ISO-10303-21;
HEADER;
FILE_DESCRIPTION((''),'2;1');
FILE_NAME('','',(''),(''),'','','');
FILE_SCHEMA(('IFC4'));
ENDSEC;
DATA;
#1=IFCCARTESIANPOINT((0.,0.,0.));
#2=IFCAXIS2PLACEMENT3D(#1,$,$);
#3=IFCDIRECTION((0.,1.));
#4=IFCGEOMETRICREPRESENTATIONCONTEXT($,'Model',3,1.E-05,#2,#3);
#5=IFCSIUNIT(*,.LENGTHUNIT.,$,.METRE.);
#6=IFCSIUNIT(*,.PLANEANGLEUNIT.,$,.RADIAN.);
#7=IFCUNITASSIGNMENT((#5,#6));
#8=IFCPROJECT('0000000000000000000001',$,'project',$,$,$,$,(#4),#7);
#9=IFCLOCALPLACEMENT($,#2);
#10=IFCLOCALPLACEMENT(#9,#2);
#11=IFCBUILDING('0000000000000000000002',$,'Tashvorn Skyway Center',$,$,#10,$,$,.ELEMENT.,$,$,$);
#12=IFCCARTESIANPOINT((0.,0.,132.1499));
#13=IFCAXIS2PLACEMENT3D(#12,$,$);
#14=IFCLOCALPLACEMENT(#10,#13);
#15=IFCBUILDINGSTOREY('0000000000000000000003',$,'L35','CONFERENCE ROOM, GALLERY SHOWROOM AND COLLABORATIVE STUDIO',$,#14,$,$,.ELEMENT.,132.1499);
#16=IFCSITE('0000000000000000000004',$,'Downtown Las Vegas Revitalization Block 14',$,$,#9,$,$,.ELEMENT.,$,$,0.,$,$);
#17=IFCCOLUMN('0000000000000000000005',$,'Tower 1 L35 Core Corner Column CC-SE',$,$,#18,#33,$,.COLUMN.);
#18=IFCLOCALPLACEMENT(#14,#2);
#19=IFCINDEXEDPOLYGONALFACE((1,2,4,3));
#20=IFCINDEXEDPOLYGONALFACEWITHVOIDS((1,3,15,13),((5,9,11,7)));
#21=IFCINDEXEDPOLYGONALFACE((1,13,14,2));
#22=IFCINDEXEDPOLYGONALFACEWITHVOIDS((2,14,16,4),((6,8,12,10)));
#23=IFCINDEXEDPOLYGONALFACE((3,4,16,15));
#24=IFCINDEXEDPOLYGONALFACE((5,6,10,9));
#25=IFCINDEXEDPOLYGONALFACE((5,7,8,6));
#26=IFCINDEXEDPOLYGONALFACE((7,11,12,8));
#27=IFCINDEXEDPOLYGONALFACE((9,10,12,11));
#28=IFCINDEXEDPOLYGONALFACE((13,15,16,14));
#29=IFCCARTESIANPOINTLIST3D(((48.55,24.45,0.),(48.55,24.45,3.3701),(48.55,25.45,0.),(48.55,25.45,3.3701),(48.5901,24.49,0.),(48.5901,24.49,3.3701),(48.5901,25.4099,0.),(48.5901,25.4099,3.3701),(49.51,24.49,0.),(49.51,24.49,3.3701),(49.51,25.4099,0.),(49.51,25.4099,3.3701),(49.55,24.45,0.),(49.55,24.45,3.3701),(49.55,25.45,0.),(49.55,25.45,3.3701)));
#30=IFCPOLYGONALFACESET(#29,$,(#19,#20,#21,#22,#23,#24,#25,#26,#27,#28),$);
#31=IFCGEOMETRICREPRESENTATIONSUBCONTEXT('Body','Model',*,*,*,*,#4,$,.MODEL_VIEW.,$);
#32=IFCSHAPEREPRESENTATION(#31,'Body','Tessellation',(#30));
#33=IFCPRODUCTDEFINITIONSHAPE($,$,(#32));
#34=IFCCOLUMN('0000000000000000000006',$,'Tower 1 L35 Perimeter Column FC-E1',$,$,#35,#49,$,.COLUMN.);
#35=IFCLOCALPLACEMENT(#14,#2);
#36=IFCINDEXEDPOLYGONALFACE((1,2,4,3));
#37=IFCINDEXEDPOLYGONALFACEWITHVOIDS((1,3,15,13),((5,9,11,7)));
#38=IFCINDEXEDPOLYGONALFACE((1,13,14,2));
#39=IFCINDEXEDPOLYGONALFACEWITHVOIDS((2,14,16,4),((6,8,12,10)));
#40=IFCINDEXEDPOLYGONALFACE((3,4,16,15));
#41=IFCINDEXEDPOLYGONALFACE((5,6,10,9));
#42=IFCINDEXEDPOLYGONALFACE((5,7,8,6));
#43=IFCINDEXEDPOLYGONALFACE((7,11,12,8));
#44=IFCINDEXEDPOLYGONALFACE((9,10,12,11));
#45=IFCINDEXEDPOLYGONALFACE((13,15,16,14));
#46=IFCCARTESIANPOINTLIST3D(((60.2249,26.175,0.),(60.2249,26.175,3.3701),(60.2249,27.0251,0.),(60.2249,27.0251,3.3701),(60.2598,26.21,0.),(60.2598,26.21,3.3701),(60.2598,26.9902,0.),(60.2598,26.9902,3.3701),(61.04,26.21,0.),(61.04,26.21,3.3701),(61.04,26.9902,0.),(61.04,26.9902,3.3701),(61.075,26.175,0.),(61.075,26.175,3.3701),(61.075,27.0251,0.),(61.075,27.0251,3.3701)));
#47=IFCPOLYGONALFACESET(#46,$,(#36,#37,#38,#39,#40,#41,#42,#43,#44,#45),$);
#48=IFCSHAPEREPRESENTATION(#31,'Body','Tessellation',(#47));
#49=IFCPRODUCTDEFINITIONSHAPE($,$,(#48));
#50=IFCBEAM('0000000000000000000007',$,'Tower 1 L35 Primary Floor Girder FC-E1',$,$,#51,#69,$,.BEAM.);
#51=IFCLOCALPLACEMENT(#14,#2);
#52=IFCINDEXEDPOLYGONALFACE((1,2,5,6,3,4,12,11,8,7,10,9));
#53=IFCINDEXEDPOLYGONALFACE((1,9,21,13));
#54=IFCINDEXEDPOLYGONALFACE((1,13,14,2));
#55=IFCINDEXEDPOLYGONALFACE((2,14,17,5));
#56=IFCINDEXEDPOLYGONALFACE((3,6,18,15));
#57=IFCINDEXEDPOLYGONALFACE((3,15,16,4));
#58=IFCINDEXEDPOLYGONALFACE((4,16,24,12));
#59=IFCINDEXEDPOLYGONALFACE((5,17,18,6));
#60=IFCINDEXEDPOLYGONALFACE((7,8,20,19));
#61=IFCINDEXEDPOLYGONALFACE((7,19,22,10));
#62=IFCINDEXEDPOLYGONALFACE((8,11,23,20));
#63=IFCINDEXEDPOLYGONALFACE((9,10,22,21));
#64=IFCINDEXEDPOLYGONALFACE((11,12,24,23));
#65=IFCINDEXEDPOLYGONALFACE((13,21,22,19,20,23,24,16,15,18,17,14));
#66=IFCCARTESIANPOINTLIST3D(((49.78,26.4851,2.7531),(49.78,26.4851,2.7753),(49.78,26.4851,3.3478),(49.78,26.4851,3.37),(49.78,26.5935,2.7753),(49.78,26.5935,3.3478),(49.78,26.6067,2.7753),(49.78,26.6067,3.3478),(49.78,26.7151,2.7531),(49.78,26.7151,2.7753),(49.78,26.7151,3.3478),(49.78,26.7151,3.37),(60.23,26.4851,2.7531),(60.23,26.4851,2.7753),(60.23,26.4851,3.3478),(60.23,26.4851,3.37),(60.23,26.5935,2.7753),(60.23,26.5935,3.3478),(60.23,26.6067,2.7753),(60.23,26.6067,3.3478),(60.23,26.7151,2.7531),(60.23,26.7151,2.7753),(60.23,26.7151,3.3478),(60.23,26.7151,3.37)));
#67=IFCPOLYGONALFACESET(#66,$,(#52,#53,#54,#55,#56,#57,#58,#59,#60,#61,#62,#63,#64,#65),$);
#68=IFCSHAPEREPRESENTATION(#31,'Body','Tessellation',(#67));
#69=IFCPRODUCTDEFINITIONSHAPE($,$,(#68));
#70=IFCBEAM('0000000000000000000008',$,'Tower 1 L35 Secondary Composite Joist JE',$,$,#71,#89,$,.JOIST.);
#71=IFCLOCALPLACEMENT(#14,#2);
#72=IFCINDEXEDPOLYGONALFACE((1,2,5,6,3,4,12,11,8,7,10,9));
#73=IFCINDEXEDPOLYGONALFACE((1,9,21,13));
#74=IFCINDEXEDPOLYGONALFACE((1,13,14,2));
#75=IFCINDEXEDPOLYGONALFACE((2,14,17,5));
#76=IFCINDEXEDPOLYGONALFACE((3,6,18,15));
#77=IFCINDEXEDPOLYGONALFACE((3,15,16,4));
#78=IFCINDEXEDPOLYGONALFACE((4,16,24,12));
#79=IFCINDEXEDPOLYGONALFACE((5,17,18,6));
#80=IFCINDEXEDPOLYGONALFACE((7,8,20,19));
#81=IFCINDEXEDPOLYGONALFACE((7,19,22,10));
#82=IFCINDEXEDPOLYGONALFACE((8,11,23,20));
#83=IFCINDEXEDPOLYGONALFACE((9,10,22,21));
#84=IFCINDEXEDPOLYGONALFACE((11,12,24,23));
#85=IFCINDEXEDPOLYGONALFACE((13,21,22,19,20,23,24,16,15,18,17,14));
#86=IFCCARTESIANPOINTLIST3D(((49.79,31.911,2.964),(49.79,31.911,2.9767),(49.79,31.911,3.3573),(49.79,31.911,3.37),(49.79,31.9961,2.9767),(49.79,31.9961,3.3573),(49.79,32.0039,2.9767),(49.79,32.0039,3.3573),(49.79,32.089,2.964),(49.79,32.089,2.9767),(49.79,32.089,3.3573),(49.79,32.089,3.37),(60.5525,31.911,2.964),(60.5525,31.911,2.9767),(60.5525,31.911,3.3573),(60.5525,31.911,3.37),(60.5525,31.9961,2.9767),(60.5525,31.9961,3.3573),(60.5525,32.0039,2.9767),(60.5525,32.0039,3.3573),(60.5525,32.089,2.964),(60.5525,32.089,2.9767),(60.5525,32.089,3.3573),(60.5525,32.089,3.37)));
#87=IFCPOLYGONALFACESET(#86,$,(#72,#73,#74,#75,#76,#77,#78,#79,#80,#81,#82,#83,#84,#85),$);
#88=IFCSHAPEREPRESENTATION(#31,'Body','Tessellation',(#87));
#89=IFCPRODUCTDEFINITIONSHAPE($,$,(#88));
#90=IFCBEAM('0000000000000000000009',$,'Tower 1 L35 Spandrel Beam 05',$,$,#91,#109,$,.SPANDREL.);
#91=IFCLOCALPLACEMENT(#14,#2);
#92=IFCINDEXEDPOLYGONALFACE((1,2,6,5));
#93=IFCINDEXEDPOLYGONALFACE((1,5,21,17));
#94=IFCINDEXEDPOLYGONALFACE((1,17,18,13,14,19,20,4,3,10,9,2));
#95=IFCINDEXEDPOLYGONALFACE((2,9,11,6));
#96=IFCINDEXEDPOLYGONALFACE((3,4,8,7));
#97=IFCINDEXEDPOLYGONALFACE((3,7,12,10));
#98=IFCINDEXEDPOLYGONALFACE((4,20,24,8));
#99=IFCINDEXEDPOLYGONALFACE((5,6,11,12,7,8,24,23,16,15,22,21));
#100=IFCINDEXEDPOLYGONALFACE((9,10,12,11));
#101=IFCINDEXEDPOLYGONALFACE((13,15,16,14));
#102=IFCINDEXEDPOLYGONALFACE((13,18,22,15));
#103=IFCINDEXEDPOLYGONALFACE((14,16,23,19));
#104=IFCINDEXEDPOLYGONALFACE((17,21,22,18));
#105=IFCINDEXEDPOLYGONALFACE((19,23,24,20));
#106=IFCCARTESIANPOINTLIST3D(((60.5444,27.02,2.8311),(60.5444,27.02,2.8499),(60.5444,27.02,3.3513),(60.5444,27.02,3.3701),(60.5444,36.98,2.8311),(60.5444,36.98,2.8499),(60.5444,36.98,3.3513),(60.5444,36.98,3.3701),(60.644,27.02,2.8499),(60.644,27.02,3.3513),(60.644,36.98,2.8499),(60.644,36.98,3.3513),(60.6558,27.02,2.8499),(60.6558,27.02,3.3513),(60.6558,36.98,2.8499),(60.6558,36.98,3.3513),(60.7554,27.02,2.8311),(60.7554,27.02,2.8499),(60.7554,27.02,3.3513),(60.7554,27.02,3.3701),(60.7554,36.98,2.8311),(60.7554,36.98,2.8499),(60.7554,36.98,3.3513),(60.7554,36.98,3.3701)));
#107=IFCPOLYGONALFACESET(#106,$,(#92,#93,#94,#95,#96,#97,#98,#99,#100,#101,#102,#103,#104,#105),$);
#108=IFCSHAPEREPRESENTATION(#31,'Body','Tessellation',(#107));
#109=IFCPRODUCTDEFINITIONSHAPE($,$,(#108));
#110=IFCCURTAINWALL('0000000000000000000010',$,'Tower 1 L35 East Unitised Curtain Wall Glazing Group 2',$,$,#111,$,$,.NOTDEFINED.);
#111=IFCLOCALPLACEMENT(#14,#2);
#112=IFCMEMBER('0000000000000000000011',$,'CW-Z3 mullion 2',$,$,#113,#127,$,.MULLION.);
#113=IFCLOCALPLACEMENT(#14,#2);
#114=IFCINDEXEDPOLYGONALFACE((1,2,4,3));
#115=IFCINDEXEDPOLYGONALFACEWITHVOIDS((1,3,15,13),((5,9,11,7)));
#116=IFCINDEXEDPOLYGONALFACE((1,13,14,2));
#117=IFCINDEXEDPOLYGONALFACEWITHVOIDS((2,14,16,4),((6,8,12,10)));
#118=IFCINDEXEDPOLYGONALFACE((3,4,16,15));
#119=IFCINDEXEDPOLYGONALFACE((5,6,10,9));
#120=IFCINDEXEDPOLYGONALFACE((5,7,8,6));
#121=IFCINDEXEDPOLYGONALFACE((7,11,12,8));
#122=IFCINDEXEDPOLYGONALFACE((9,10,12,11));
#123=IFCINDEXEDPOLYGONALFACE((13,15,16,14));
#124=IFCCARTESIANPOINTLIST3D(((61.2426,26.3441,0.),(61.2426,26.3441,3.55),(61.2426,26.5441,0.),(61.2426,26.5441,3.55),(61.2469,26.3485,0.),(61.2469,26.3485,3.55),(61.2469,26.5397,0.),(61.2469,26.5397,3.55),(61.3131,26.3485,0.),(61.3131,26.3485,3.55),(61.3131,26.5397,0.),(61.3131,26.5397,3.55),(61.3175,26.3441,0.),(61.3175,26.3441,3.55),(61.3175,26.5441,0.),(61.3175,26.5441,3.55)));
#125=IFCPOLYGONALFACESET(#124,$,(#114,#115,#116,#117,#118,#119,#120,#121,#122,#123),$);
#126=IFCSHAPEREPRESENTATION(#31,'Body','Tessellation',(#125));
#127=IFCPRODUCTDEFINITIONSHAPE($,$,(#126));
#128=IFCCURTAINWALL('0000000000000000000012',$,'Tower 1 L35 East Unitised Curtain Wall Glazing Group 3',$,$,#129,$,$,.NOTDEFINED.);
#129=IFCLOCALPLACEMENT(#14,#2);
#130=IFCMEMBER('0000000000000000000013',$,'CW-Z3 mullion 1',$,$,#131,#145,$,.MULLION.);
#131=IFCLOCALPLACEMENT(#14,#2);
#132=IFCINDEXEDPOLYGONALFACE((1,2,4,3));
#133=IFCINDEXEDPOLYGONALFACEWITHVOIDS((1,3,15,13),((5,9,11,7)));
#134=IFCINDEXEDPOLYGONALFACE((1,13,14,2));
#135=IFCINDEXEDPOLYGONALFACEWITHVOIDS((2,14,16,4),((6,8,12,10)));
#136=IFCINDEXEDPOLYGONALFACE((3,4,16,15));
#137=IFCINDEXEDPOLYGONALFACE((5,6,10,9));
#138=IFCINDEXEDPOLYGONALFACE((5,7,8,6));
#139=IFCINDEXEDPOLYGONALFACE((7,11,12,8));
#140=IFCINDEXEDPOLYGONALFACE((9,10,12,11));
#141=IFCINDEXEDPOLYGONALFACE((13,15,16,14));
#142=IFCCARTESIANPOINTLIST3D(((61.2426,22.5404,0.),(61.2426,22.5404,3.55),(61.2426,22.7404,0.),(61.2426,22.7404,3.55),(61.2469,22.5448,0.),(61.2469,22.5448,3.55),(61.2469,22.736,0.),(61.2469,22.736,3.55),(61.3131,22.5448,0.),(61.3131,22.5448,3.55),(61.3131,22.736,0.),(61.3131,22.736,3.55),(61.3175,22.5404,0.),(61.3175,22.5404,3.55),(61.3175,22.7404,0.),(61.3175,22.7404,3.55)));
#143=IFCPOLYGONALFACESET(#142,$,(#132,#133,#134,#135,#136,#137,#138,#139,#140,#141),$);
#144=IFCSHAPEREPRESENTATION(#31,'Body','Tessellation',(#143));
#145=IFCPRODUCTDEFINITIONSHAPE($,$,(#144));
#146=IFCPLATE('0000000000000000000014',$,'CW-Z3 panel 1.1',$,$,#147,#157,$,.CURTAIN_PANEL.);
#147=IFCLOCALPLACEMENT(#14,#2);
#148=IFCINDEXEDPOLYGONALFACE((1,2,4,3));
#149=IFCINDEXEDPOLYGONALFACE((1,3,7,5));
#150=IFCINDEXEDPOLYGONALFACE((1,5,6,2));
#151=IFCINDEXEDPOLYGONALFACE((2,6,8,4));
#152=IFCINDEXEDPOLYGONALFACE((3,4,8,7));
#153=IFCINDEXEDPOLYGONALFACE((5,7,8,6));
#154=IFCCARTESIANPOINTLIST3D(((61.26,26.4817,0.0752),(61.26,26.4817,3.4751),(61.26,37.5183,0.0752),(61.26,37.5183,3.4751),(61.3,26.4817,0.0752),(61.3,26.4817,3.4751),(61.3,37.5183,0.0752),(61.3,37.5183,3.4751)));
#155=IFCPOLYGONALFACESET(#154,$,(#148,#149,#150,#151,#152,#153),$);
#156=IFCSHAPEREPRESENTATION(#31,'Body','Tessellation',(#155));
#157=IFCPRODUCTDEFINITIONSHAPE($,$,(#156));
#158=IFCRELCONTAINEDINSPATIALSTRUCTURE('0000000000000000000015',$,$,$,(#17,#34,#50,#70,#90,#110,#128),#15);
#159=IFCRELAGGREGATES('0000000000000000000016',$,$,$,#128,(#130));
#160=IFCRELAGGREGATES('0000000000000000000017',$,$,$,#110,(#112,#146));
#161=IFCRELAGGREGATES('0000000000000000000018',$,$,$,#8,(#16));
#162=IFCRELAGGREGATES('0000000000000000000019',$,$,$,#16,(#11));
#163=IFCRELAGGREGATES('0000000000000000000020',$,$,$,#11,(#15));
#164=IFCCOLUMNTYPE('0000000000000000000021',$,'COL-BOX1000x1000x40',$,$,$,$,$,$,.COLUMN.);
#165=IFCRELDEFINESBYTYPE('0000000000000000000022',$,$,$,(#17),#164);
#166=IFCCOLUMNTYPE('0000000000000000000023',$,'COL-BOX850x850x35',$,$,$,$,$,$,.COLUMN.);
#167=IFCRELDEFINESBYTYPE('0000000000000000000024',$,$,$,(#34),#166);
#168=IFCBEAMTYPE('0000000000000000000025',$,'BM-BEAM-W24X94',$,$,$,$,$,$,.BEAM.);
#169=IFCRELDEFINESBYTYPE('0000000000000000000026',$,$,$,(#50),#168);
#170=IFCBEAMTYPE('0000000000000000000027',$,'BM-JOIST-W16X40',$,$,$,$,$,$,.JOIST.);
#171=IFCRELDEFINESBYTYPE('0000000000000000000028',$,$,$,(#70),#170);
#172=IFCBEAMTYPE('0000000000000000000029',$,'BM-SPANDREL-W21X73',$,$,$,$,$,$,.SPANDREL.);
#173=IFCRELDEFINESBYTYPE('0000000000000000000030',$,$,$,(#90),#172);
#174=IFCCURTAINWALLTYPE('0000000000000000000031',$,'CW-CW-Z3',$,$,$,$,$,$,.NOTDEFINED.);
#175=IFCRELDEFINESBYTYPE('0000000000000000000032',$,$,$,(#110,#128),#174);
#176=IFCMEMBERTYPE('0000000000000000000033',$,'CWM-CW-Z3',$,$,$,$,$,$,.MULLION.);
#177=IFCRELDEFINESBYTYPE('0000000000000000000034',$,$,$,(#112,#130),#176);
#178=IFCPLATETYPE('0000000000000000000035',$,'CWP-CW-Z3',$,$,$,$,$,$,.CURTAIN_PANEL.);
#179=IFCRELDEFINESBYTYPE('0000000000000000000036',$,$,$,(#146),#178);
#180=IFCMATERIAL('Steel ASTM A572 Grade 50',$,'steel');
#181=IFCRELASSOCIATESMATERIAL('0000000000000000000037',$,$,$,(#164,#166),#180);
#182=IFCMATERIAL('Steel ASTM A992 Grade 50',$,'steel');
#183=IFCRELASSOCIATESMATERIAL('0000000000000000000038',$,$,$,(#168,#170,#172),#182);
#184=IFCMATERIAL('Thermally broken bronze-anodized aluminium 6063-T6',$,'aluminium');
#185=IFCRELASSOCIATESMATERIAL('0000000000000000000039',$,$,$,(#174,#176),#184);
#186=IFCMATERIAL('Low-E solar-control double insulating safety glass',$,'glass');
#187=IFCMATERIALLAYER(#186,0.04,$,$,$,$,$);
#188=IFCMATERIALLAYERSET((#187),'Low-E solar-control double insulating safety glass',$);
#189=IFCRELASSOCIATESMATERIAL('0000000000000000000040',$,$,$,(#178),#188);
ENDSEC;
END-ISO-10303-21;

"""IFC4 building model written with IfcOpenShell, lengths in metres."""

from ifc_helpers import new_model, si_unit, direction, frame, origin, origin_2d, place, context, subcontext, project, spatial, rectangle, hollow_rectangle, i_section, extrude, material, layer, layer_set, material_profile, profile_set, type_object, element, aggregate, save


model = new_model("IFC4")

# Units and contexts
model_context = context("Model", 3, precision=1e-05, world=origin(), true_north=direction((0.0, 1.0)))
body_context = subcontext(model_context, "Body", "Model", "MODEL_VIEW")
ifc_project = project(units=[si_unit("LENGTHUNIT", "METRE"), si_unit("PLANEANGLEUNIT", "RADIAN")], contexts=[model_context])

# Site, building, storey
site_placement = place(None, origin())
site = spatial("IfcSite", under=ifc_project, at=site_placement, Name="Downtown Las Vegas Revitalization Block 14", CompositionType="ELEMENT", RefElevation=0.0)
building_placement = place(site_placement, origin())
building = spatial("IfcBuilding", under=site, at=building_placement, Name="Tashvorn Skyway Center", CompositionType="ELEMENT")
storey_placement = place(building_placement, frame((0.0, 0.0, 132.1499)))
storey = spatial("IfcBuildingStorey", under=building, at=storey_placement, Name="L35", Description="CONFERENCE ROOM, GALLERY SHOWROOM AND COLLABORATIVE STUDIO", CompositionType="ELEMENT", Elevation=132.1499)

# Columns
ifc_material_1 = material(Name="Steel ASTM A572 Grade 50", Category="steel")
ifc_material_profile_1 = material_profile(ifc_material_1, hollow_rectangle(XDim=1.0, YDim=1.0, WallThickness=0.04, at=origin_2d()), Name="BOX1000x1000x40")
ifc_profile_set_1 = profile_set([ifc_material_profile_1], Name="Steel ASTM A572 Grade 50")
column_type_1 = type_object("IfcColumnType", Name="COL-BOX1000x1000x40", PredefinedType="COLUMN", material=ifc_profile_set_1)
column_1_placement = place(storey_placement, frame((49.05, 24.95, 0.0), z_axis=(0.0, 0.0, 1.0), x_axis=(1.0, 0.0, 0.0)))
element("IfcColumn", 1, at=column_1_placement, inside=storey, type_object=column_type_1, Name="Tower 1 L35 Core Corner Column CC-SE", PredefinedType="COLUMN", context=body_context, shape_type="SweptSolid", body=[
    extrude(hollow_rectangle(XDim=1.0, YDim=1.0, WallThickness=0.04, at=origin_2d()), origin(), (0.0, 0.0, 1.0), 3.3701),
])
ifc_material_profile_2 = material_profile(ifc_material_1, hollow_rectangle(XDim=0.8501, YDim=0.8501, WallThickness=0.0349, at=origin_2d()), Name="BOX850x850x35")
ifc_profile_set_2 = profile_set([ifc_material_profile_2], Name="Steel ASTM A572 Grade 50")
column_type_2 = type_object("IfcColumnType", Name="COL-BOX850x850x35", PredefinedType="COLUMN", material=ifc_profile_set_2)
column_2_placement = place(storey_placement, frame((60.6499, 26.6001, 0.0), z_axis=(0.0, 0.0, 1.0), x_axis=(1.0, 0.0, 0.0)))
element("IfcColumn", 2, at=column_2_placement, inside=storey, type_object=column_type_2, Name="Tower 1 L35 Perimeter Column FC-E1", PredefinedType="COLUMN", context=body_context, shape_type="SweptSolid", body=[
    extrude(hollow_rectangle(XDim=0.8501, YDim=0.8501, WallThickness=0.0349, at=origin_2d()), origin(), (0.0, 0.0, 1.0), 3.3701),
])

# Beams
ifc_material_2 = material(Name="Steel ASTM A992 Grade 50", Category="steel")
ifc_material_profile_3 = material_profile(ifc_material_2, i_section(OverallWidth=0.23, OverallDepth=0.6169, WebThickness=0.0132, FlangeThickness=0.0222, at=origin_2d()), Name="W24X94")
ifc_profile_set_3 = profile_set([ifc_material_profile_3], Name="Steel ASTM A992 Grade 50")
beam_type_1 = type_object("IfcBeamType", Name="BM-BEAM-W24X94", PredefinedType="BEAM", material=ifc_profile_set_3)
beam_1_placement = place(storey_placement, frame((60.23, 26.6001, 3.0615), z_axis=(-1.0, 0.0, 0.0), x_axis=(0.0, -1.0, 0.0)))
element("IfcBeam", 3, at=beam_1_placement, inside=storey, type_object=beam_type_1, Name="Tower 1 L35 Primary Floor Girder FC-E1", PredefinedType="BEAM", context=body_context, shape_type="SweptSolid", body=[
    extrude(i_section(OverallWidth=0.23, OverallDepth=0.6169, WebThickness=0.0132, FlangeThickness=0.0222, at=origin_2d()), origin(), (0.0, 0.0, 1.0), 10.45),
])
ifc_material_profile_4 = material_profile(ifc_material_2, i_section(OverallWidth=0.178, OverallDepth=0.406, WebThickness=0.0078, FlangeThickness=0.0127, at=origin_2d()), Name="W16X40")
ifc_profile_set_4 = profile_set([ifc_material_profile_4], Name="Steel ASTM A992 Grade 50")
beam_type_2 = type_object("IfcBeamType", Name="BM-JOIST-W16X40", PredefinedType="JOIST", material=ifc_profile_set_4)
beam_2_placement = place(storey_placement, frame((49.79, 32.0, 3.167), z_axis=(1.0, 0.0, 0.0), x_axis=(0.0, 1.0, 0.0)))
element("IfcBeam", 4, at=beam_2_placement, inside=storey, type_object=beam_type_2, Name="Tower 1 L35 Secondary Composite Joist JE", PredefinedType="JOIST", context=body_context, shape_type="SweptSolid", body=[
    extrude(i_section(OverallWidth=0.178, OverallDepth=0.406, WebThickness=0.0078, FlangeThickness=0.0127, at=origin_2d()), origin(), (0.0, 0.0, 1.0), 10.7625),
])
ifc_material_profile_5 = material_profile(ifc_material_2, i_section(OverallWidth=0.2109, OverallDepth=0.5391, WebThickness=0.0117, FlangeThickness=0.0188, at=origin_2d()), Name="W21X73")
ifc_profile_set_5 = profile_set([ifc_material_profile_5], Name="Steel ASTM A992 Grade 50")
beam_type_3 = type_object("IfcBeamType", Name="BM-SPANDREL-W21X73", PredefinedType="SPANDREL", material=ifc_profile_set_5)
beam_3_placement = place(storey_placement, frame((60.6499, 27.02, 3.1006), z_axis=(0.0, 1.0, 0.0), x_axis=(-1.0, 0.0, 0.0)))
element("IfcBeam", 5, at=beam_3_placement, inside=storey, type_object=beam_type_3, Name="Tower 1 L35 Spandrel Beam 05", PredefinedType="SPANDREL", context=body_context, shape_type="SweptSolid", body=[
    extrude(i_section(OverallWidth=0.2109, OverallDepth=0.5391, WebThickness=0.0117, FlangeThickness=0.0188, at=origin_2d()), origin(), (0.0, 0.0, 1.0), 9.96),
])

# Curtain walls, members
ifc_material_3 = material(Name="Thermally broken bronze-anodized aluminium 6063-T6", Category="aluminium")
curtain_wall_type = type_object("IfcCurtainWallType", Name="CW-CW-Z3", PredefinedType="NOTDEFINED", material=ifc_material_3)
curtain_wall_1_placement = place(storey_placement, origin())
curtain_wall_1 = element("IfcCurtainWall", 6, at=curtain_wall_1_placement, inside=storey, type_object=curtain_wall_type, Name="Tower 1 L35 East Unitised Curtain Wall Glazing Group 2", PredefinedType="NOTDEFINED")
ifc_material_profile_6 = material_profile(ifc_material_3, hollow_rectangle(XDim=0.075, YDim=0.2, WallThickness=0.0044, at=origin_2d()), Name="ALU-MULL-75x200")
ifc_profile_set_6 = profile_set([ifc_material_profile_6], Name="Thermally broken bronze-anodized aluminium 6063-T6")
member_type = type_object("IfcMemberType", Name="CWM-CW-Z3", PredefinedType="MULLION", material=ifc_profile_set_6)
member_1_placement = place(storey_placement, frame((61.28, 26.4441, 0.0), z_axis=(0.0, 0.0, 1.0), x_axis=(1.0, 0.0, 0.0)))
member_1 = element("IfcMember", 7, at=member_1_placement, type_object=member_type, Name="CW-Z3 mullion 2", PredefinedType="MULLION", context=body_context, shape_type="SweptSolid", body=[
    extrude(hollow_rectangle(XDim=0.075, YDim=0.2, WallThickness=0.0044, at=origin_2d()), origin(), (0.0, 0.0, 1.0), 3.55),
])
curtain_wall_2_placement = place(storey_placement, origin())
curtain_wall_2 = element("IfcCurtainWall", 8, at=curtain_wall_2_placement, inside=storey, type_object=curtain_wall_type, Name="Tower 1 L35 East Unitised Curtain Wall Glazing Group 3", PredefinedType="NOTDEFINED")
member_2_placement = place(storey_placement, frame((61.28, 22.6404, 0.0), z_axis=(0.0, 0.0, 1.0), x_axis=(1.0, 0.0, 0.0)))
member_2 = element("IfcMember", 9, at=member_2_placement, type_object=member_type, Name="CW-Z3 mullion 1", PredefinedType="MULLION", context=body_context, shape_type="SweptSolid", body=[
    extrude(hollow_rectangle(XDim=0.075, YDim=0.2, WallThickness=0.0044, at=origin_2d()), origin(), (0.0, 0.0, 1.0), 3.55),
])
aggregate(curtain_wall_2, [member_2])

# Plate
ifc_material_4 = material(Name="Low-E solar-control double insulating safety glass", Category="glass")
ifc_layer_1 = layer(ifc_material_4, 0.04)
ifc_layer_set_1 = layer_set([ifc_layer_1], Name="Low-E solar-control double insulating safety glass")
plate_type = type_object("IfcPlateType", Name="CWP-CW-Z3", PredefinedType="CURTAIN_PANEL", material=ifc_layer_set_1)
plate_placement = place(storey_placement, frame((61.28, 32.0, 0.0752), z_axis=(0.0, 0.0, 1.0), x_axis=(0.0, -1.0, 0.0)))
plate = element("IfcPlate", 10, at=plate_placement, type_object=plate_type, Name="CW-Z3 panel 1.1", PredefinedType="CURTAIN_PANEL", context=body_context, shape_type="SweptSolid", body=[
    extrude(rectangle(XDim=11.0366, YDim=0.04, at=origin_2d()), origin(), (0.0, 0.0, 1.0), 3.3999),
])
aggregate(curtain_wall_1, [member_1, plate])

save(model, "model.ifc")
